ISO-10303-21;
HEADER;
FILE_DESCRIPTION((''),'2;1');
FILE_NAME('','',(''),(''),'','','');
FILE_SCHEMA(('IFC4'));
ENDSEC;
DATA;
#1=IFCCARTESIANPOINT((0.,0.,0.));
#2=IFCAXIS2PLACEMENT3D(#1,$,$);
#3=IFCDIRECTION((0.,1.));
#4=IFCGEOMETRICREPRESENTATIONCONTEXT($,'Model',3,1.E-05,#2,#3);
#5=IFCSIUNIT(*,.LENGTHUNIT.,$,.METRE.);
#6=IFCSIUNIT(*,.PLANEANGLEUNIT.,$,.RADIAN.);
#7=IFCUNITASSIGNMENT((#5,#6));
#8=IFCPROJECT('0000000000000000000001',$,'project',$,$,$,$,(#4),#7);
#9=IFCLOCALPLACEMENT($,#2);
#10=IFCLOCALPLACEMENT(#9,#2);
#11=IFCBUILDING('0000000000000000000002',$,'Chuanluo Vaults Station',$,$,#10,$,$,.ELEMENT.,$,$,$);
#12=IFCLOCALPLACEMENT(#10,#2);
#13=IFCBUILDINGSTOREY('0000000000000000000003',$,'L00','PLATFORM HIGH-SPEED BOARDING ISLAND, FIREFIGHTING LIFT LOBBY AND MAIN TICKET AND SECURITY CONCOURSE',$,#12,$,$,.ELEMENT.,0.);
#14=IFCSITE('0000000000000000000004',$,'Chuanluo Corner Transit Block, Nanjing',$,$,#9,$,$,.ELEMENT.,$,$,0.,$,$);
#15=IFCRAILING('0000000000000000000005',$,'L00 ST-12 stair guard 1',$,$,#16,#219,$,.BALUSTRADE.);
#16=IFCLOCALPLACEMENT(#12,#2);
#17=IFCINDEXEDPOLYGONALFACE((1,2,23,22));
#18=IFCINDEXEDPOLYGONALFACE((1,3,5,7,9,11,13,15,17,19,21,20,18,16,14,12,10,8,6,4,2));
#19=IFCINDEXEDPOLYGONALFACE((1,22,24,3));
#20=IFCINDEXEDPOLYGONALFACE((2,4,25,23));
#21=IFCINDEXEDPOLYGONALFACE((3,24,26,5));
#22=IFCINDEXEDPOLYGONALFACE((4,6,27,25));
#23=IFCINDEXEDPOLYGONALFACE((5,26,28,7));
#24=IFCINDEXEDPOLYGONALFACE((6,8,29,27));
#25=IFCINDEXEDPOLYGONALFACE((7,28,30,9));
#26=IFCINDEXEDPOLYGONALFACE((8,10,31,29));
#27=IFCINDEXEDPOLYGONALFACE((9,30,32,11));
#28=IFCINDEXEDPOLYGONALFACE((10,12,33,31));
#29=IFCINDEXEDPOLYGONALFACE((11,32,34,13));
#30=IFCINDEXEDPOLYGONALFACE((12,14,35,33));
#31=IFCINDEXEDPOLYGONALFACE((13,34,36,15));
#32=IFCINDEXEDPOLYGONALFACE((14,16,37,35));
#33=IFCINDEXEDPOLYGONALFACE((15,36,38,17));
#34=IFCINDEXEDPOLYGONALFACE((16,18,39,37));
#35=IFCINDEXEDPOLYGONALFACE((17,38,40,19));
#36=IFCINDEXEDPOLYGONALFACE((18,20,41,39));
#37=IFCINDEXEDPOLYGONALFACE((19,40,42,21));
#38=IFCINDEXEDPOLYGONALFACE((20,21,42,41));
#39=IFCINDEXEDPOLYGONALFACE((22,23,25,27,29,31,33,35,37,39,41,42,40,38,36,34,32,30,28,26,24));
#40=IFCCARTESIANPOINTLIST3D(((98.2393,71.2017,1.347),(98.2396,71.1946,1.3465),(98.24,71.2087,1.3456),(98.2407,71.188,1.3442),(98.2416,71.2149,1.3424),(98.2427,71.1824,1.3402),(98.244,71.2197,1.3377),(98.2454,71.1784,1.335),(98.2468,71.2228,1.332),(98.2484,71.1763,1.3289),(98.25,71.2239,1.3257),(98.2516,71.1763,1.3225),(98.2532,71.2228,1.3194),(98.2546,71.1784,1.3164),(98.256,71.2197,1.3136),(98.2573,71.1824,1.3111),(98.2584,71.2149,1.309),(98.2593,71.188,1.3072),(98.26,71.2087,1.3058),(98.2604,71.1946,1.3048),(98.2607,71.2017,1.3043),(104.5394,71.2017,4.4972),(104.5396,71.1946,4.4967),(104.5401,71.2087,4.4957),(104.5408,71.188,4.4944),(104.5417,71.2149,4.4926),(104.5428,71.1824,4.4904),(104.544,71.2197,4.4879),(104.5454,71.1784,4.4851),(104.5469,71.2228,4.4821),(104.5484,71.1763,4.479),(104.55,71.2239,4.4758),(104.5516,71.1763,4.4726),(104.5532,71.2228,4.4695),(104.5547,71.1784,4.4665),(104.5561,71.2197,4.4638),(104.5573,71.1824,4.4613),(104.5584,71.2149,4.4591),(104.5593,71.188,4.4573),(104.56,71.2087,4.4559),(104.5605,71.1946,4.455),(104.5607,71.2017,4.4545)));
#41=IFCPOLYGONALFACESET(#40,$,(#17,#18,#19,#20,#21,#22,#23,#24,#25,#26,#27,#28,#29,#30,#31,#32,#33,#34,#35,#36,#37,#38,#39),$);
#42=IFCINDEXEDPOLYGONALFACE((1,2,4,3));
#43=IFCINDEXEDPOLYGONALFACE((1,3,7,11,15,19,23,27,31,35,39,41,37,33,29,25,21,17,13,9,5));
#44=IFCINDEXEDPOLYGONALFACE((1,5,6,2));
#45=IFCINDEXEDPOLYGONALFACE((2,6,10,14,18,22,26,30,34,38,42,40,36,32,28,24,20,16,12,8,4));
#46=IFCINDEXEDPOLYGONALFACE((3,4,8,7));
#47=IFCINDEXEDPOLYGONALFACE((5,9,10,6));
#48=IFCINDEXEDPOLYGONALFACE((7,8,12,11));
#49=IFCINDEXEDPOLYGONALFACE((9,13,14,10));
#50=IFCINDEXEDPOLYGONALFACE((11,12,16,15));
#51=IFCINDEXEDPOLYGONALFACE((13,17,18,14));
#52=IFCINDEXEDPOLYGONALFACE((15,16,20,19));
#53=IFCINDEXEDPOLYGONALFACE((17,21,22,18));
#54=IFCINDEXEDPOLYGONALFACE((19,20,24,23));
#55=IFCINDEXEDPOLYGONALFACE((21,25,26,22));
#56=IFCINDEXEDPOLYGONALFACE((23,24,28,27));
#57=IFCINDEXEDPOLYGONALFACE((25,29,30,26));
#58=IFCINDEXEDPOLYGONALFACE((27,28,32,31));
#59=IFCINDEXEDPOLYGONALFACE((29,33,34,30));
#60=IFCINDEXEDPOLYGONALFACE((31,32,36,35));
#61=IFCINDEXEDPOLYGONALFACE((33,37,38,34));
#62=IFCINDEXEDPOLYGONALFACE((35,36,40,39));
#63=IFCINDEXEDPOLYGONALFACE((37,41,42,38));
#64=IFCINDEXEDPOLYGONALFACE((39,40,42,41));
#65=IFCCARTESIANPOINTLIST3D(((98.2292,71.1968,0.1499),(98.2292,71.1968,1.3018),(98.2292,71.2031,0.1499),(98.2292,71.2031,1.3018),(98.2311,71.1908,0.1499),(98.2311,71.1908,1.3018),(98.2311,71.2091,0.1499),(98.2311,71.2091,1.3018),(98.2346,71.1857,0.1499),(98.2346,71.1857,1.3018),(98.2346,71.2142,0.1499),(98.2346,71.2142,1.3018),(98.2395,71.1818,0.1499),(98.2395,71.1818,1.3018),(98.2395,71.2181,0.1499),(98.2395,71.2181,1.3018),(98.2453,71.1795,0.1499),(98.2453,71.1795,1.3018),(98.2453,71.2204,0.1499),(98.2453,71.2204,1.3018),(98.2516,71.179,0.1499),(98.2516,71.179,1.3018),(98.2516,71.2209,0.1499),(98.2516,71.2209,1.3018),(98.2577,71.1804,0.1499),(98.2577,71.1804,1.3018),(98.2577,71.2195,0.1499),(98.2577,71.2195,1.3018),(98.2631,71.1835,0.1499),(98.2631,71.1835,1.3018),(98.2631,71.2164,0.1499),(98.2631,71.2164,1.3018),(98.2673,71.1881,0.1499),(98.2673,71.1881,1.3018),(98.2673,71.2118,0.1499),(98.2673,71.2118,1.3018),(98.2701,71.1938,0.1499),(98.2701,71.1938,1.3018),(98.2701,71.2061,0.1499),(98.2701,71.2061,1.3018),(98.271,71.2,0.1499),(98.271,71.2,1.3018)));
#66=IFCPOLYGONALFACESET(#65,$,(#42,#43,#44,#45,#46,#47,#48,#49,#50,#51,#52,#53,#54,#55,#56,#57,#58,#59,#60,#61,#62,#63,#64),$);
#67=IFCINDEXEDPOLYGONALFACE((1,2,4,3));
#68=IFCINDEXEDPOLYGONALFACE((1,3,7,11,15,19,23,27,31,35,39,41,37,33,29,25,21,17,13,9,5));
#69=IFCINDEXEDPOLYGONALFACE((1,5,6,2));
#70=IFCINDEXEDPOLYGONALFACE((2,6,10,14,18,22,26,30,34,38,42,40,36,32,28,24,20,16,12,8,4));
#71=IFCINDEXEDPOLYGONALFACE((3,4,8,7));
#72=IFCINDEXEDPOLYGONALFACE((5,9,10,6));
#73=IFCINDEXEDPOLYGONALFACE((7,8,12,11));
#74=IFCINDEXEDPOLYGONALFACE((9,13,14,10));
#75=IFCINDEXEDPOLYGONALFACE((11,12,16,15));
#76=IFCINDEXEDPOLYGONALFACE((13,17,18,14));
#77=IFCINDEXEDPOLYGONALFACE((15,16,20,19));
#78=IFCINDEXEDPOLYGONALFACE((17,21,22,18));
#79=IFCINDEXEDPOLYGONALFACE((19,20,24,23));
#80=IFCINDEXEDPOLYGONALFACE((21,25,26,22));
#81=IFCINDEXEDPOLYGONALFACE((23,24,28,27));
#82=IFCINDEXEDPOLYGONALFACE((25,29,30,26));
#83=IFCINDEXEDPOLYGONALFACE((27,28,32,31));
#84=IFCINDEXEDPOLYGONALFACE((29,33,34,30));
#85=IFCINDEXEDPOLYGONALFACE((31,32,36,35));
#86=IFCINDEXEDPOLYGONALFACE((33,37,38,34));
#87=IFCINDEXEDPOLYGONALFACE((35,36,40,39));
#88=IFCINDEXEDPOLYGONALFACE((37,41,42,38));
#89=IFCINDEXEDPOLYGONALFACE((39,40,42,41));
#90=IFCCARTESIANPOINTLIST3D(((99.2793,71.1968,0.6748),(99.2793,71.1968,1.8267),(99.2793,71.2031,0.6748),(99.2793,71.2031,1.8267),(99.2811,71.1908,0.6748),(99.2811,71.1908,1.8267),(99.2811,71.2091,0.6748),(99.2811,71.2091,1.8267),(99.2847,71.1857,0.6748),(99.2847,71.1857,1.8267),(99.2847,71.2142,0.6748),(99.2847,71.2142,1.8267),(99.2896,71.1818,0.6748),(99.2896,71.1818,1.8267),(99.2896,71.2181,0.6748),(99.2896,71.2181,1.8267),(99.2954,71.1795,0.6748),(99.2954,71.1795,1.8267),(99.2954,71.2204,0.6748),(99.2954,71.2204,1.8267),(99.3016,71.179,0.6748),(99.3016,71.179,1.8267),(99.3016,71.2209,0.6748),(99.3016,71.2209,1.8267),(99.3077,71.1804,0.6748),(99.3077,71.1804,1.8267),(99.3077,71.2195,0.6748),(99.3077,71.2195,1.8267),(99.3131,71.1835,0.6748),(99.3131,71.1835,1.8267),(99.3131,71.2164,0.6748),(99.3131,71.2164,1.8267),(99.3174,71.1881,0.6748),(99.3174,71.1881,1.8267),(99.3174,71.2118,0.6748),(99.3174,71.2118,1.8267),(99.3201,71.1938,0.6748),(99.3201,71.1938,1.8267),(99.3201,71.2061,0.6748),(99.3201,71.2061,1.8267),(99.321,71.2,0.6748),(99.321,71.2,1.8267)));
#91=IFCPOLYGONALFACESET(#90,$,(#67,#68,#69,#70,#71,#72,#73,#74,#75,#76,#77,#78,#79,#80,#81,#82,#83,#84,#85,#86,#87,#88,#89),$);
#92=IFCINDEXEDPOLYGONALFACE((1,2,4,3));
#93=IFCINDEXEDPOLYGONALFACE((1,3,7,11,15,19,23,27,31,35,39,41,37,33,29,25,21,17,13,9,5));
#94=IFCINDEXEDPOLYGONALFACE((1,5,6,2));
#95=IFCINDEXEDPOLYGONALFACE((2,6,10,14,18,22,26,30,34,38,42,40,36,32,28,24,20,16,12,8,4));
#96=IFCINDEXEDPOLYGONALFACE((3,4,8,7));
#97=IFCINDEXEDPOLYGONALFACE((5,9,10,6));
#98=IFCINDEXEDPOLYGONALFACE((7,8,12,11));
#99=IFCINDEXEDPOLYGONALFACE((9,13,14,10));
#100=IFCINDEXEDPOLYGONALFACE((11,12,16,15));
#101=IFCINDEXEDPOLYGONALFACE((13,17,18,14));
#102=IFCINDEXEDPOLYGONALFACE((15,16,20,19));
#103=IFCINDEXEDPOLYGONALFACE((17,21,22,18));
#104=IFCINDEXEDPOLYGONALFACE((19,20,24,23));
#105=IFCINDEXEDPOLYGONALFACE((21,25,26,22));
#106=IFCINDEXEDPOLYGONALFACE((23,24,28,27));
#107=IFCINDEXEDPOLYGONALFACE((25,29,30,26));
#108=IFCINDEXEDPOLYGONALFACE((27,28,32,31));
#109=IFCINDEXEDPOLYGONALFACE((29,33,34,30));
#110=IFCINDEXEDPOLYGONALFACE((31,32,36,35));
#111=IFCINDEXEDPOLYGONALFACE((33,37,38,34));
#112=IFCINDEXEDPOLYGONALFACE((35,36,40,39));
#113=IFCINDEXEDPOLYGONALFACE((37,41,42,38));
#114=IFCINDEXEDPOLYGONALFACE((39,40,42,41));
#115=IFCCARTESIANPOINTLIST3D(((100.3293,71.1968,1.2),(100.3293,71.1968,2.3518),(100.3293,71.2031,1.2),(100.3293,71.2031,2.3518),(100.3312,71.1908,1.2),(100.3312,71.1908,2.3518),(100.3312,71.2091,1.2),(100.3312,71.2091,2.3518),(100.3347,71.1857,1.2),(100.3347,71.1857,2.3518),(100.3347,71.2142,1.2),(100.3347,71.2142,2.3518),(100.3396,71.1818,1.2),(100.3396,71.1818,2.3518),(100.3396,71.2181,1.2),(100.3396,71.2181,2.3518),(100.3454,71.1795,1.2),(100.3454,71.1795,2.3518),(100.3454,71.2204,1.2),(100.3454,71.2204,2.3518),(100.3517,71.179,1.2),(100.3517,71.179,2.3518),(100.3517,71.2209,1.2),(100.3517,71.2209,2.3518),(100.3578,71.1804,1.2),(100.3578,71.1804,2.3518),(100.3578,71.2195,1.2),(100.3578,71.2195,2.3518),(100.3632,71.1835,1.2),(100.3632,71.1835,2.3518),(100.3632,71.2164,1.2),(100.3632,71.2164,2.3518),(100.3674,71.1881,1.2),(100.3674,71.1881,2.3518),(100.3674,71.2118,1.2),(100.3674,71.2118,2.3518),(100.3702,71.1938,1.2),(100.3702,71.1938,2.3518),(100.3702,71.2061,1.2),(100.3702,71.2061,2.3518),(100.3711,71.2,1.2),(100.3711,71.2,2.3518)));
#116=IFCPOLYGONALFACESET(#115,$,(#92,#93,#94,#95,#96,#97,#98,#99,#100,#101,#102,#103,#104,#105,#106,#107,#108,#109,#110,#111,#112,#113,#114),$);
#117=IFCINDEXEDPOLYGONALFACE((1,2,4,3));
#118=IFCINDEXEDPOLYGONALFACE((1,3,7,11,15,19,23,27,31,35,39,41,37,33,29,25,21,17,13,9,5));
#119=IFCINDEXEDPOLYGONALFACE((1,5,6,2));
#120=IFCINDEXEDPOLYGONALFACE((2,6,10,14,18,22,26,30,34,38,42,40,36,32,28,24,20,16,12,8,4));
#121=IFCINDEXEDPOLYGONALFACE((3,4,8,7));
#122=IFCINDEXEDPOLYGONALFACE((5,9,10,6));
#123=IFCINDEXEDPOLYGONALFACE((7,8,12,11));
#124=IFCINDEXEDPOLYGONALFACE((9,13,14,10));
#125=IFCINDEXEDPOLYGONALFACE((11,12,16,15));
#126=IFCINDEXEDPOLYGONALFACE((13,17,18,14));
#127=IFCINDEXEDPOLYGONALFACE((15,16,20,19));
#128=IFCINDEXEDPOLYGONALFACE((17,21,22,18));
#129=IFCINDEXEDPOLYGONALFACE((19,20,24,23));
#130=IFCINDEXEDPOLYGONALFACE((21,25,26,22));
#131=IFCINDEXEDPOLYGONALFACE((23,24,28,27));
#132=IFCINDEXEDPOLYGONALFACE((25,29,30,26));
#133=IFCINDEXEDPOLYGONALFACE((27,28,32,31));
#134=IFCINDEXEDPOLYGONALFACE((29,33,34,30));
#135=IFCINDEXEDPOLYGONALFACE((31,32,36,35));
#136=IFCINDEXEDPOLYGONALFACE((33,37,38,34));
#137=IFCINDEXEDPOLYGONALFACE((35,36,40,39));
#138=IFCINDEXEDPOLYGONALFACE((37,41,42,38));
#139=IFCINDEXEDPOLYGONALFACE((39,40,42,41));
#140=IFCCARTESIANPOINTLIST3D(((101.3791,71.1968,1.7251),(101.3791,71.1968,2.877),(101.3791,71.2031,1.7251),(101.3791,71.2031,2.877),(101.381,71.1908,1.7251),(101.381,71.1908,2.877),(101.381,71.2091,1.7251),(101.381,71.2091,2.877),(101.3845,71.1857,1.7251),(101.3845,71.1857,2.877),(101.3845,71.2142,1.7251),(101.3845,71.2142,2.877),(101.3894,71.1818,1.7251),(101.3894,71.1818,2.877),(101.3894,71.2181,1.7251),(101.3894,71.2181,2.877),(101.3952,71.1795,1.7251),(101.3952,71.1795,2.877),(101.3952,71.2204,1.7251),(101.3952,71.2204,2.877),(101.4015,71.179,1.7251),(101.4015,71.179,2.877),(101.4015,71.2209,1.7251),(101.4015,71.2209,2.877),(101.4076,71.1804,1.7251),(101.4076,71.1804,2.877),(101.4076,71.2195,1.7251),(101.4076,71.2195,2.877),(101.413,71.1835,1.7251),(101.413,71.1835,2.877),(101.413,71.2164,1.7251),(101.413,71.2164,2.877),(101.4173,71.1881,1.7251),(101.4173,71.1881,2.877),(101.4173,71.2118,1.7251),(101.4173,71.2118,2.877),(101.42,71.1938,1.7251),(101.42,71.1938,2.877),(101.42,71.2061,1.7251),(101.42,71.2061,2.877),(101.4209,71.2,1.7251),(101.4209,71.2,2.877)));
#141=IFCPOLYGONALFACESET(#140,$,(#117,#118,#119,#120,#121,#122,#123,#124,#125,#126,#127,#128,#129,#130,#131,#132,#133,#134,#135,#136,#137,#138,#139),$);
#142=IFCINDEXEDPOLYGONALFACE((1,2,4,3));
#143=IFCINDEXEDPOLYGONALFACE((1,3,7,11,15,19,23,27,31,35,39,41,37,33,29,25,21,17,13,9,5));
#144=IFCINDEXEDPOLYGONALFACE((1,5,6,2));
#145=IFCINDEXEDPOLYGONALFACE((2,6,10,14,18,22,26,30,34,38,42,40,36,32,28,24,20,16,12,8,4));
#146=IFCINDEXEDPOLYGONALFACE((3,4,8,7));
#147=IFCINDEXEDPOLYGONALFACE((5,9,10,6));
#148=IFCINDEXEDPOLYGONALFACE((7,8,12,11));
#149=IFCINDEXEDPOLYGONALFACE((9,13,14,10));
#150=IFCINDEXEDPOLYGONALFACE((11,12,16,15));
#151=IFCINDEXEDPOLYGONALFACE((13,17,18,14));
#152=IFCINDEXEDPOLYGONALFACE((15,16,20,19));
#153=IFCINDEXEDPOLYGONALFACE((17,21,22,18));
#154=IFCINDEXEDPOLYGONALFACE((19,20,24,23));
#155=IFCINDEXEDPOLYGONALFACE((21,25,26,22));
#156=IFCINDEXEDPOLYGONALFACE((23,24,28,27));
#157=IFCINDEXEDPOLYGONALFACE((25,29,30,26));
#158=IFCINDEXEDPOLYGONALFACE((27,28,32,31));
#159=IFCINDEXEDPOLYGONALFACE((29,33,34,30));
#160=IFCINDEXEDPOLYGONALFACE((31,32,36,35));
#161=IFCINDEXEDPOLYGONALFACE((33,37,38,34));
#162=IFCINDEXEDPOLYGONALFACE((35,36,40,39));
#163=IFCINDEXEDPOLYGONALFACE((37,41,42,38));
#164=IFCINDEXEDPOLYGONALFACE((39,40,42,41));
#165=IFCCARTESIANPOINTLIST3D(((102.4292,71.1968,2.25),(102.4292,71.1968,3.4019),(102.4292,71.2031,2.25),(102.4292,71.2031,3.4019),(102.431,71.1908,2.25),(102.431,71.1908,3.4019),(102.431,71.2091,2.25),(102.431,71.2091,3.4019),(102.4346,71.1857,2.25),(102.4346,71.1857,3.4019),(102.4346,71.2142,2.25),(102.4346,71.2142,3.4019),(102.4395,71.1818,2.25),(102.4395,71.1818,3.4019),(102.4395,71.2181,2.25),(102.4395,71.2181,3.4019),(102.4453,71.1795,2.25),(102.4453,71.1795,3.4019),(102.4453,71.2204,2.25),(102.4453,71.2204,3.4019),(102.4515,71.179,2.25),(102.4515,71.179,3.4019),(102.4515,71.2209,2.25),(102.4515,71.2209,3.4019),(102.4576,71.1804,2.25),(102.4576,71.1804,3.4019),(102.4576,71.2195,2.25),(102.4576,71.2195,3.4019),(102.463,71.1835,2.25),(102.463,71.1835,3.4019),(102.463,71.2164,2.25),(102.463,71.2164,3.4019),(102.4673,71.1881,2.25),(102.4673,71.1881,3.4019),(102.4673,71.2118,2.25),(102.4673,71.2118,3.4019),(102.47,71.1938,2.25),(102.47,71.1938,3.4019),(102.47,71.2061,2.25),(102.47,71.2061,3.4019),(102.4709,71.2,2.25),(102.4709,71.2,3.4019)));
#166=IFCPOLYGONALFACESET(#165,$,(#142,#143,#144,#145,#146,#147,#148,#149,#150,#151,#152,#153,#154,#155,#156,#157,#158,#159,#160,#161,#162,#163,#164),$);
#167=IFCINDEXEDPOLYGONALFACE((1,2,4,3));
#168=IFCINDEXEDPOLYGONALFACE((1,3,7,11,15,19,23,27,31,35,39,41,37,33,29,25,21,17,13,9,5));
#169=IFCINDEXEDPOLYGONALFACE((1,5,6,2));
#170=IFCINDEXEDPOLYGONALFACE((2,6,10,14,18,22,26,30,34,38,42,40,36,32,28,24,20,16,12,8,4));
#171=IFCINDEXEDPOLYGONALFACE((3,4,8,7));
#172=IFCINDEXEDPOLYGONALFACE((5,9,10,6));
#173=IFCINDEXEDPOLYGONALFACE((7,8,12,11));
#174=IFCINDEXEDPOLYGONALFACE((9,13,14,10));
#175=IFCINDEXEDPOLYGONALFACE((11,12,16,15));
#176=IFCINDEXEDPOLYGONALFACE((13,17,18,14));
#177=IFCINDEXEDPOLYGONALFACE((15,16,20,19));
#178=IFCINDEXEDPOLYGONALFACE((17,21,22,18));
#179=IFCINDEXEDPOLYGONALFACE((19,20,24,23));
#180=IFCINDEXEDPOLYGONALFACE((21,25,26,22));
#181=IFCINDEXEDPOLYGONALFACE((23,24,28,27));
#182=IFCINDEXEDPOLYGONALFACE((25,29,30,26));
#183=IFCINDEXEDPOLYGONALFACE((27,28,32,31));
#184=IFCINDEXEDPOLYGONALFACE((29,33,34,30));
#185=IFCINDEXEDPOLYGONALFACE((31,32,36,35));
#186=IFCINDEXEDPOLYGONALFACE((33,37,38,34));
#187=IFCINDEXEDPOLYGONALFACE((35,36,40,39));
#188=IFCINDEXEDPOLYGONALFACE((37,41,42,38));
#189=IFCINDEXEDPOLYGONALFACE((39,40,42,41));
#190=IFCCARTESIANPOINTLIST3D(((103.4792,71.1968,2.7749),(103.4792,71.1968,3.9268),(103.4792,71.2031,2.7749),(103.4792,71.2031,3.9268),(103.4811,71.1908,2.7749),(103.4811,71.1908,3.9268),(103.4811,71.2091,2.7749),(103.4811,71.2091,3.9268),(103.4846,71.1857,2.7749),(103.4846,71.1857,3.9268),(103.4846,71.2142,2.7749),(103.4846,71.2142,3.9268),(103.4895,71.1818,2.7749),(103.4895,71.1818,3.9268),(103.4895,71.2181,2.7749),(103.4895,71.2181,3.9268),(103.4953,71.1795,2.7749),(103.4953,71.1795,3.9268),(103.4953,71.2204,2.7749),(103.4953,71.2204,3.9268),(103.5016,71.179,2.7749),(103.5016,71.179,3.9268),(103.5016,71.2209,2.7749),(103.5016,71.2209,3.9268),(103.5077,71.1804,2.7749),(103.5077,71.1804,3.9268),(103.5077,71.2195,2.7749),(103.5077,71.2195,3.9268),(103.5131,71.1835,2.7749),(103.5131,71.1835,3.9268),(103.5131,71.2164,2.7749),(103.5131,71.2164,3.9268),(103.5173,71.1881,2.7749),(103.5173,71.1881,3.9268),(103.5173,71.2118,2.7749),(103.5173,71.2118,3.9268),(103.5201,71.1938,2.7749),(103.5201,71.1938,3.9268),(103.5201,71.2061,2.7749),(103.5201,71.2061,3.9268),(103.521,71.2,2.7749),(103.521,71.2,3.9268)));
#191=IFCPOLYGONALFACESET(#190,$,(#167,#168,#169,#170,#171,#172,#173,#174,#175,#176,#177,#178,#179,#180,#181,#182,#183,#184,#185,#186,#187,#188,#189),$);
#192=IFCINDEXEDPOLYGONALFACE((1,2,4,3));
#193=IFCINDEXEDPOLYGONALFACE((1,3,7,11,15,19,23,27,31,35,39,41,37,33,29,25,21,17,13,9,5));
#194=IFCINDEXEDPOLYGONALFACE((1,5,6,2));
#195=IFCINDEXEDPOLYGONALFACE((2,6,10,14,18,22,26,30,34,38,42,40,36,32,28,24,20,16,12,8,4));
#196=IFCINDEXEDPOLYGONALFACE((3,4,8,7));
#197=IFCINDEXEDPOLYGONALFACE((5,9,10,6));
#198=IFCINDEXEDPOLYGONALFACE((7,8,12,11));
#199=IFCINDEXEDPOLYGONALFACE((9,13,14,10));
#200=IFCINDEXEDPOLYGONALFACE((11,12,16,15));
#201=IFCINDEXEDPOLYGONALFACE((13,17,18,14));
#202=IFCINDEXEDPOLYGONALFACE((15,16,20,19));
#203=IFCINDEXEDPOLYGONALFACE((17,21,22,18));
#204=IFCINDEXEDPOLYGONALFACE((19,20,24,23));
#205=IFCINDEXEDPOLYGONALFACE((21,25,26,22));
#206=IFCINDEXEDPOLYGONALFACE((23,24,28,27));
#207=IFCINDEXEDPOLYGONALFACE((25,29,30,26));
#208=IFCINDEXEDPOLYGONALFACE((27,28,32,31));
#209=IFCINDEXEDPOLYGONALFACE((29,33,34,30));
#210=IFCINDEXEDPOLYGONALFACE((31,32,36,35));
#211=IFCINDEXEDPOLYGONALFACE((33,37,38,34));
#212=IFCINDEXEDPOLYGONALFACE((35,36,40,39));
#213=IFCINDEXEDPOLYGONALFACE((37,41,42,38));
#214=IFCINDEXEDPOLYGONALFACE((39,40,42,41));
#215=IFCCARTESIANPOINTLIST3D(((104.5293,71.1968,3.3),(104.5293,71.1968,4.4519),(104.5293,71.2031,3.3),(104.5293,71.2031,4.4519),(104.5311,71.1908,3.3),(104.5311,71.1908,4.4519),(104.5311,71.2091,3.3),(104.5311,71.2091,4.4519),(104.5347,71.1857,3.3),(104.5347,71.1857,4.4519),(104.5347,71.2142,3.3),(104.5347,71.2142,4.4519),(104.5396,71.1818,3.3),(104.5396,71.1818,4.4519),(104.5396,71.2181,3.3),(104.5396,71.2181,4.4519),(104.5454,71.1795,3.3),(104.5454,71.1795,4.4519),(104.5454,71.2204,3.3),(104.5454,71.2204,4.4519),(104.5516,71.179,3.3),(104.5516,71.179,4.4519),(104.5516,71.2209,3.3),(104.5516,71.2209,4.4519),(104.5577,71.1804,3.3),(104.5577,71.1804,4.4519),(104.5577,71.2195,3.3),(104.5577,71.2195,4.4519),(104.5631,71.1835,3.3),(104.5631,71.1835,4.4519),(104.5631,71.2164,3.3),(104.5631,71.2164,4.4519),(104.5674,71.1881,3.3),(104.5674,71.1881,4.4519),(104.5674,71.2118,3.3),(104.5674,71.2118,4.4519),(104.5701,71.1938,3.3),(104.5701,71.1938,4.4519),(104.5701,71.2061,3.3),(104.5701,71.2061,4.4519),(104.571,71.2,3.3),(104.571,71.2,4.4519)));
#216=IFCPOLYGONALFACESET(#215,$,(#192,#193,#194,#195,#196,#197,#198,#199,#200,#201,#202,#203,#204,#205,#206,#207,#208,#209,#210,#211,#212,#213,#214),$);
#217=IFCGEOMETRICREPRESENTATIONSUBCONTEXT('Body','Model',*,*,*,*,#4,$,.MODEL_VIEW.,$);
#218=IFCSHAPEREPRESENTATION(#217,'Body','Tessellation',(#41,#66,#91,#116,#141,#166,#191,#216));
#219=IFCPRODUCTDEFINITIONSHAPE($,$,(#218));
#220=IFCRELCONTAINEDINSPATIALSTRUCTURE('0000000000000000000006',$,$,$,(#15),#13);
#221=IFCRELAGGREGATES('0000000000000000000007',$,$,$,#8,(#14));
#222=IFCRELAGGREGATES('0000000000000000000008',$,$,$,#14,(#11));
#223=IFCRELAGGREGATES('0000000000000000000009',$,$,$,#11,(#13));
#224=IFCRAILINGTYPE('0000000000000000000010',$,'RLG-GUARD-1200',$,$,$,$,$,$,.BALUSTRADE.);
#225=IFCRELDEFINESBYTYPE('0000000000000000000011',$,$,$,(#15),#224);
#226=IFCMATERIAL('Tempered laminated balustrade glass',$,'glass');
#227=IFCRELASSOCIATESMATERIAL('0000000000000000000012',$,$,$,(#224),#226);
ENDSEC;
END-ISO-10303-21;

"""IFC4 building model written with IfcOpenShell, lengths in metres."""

from ifc_helpers import new_model, si_unit, direction, frame, origin, origin_2d, place, context, subcontext, project, spatial, circle, extrude, material, type_object, element, save


model = new_model("IFC4")

# Units and contexts
model_context = context("Model", 3, precision=1e-05, world=origin(), true_north=direction((0.0, 1.0)))
body_context = subcontext(model_context, "Body", "Model", "MODEL_VIEW")
ifc_project = project(units=[si_unit("LENGTHUNIT", "METRE"), si_unit("PLANEANGLEUNIT", "RADIAN")], contexts=[model_context])

# Site, building, storey
site_placement = place(None, origin())
site = spatial("IfcSite", under=ifc_project, at=site_placement, Name="Chuanluo Corner Transit Block, Nanjing", CompositionType="ELEMENT", RefElevation=0.0)
building_placement = place(site_placement, origin())
building = spatial("IfcBuilding", under=site, at=building_placement, Name="Chuanluo Vaults Station", CompositionType="ELEMENT")
storey_placement = place(building_placement, origin())
storey = spatial("IfcBuildingStorey", under=building, at=storey_placement, Name="L00", Description="PLATFORM HIGH-SPEED BOARDING ISLAND, FIREFIGHTING LIFT LOBBY AND MAIN TICKET AND SECURITY CONCOURSE", CompositionType="ELEMENT", Elevation=0.0)

# Railing
ifc_material_1 = material(Name="Tempered laminated balustrade glass", Category="glass")
railing_type_1 = type_object("IfcRailingType", Name="RLG-GUARD-1200", PredefinedType="BALUSTRADE", material=ifc_material_1)
railing_1_placement = place(storey_placement, frame((98.25, 71.2, 0.1499)))
element("IfcRailing", 1, at=railing_1_placement, inside=storey, type_object=railing_type_1, Name="L00 ST-12 stair guard 1", PredefinedType="BALUSTRADE", context=body_context, shape_type="SweptSolid", body=[
    extrude(circle(Radius=0.0239, at=origin_2d()), frame((0.0, 0.0, 1.1758), z_axis=(0.89442, 0.0, 0.447227), x_axis=(0.0, 1.0, 0.0)), (0.0, 0.0, 1.0), 7.0437),
    extrude(circle(Radius=0.021, at=origin_2d()), origin(), (0.0, 0.0, 1.0), 1.1519),
    extrude(circle(Radius=0.021, at=origin_2d()), frame((1.05, 0.0, 0.5249)), (0.0, 0.0, 1.0), 1.1519),
    extrude(circle(Radius=0.021, at=origin_2d()), frame((2.1001, 0.0, 1.05)), (0.0, 0.0, 1.0), 1.1519),
    extrude(circle(Radius=0.021, at=origin_2d()), frame((3.1499, 0.0, 1.5752)), (0.0, 0.0, 1.0), 1.1519),
    extrude(circle(Radius=0.021, at=origin_2d()), frame((4.2, 0.0, 2.1001)), (0.0, 0.0, 1.0), 1.1519),
    extrude(circle(Radius=0.021, at=origin_2d()), frame((5.25, 0.0, 2.625)), (0.0, 0.0, 1.0), 1.1519),
    extrude(circle(Radius=0.021, at=origin_2d()), frame((6.3, 0.0, 3.1501)), (0.0, 0.0, 1.0), 1.1519),
])

save(model, "model.ifc")
